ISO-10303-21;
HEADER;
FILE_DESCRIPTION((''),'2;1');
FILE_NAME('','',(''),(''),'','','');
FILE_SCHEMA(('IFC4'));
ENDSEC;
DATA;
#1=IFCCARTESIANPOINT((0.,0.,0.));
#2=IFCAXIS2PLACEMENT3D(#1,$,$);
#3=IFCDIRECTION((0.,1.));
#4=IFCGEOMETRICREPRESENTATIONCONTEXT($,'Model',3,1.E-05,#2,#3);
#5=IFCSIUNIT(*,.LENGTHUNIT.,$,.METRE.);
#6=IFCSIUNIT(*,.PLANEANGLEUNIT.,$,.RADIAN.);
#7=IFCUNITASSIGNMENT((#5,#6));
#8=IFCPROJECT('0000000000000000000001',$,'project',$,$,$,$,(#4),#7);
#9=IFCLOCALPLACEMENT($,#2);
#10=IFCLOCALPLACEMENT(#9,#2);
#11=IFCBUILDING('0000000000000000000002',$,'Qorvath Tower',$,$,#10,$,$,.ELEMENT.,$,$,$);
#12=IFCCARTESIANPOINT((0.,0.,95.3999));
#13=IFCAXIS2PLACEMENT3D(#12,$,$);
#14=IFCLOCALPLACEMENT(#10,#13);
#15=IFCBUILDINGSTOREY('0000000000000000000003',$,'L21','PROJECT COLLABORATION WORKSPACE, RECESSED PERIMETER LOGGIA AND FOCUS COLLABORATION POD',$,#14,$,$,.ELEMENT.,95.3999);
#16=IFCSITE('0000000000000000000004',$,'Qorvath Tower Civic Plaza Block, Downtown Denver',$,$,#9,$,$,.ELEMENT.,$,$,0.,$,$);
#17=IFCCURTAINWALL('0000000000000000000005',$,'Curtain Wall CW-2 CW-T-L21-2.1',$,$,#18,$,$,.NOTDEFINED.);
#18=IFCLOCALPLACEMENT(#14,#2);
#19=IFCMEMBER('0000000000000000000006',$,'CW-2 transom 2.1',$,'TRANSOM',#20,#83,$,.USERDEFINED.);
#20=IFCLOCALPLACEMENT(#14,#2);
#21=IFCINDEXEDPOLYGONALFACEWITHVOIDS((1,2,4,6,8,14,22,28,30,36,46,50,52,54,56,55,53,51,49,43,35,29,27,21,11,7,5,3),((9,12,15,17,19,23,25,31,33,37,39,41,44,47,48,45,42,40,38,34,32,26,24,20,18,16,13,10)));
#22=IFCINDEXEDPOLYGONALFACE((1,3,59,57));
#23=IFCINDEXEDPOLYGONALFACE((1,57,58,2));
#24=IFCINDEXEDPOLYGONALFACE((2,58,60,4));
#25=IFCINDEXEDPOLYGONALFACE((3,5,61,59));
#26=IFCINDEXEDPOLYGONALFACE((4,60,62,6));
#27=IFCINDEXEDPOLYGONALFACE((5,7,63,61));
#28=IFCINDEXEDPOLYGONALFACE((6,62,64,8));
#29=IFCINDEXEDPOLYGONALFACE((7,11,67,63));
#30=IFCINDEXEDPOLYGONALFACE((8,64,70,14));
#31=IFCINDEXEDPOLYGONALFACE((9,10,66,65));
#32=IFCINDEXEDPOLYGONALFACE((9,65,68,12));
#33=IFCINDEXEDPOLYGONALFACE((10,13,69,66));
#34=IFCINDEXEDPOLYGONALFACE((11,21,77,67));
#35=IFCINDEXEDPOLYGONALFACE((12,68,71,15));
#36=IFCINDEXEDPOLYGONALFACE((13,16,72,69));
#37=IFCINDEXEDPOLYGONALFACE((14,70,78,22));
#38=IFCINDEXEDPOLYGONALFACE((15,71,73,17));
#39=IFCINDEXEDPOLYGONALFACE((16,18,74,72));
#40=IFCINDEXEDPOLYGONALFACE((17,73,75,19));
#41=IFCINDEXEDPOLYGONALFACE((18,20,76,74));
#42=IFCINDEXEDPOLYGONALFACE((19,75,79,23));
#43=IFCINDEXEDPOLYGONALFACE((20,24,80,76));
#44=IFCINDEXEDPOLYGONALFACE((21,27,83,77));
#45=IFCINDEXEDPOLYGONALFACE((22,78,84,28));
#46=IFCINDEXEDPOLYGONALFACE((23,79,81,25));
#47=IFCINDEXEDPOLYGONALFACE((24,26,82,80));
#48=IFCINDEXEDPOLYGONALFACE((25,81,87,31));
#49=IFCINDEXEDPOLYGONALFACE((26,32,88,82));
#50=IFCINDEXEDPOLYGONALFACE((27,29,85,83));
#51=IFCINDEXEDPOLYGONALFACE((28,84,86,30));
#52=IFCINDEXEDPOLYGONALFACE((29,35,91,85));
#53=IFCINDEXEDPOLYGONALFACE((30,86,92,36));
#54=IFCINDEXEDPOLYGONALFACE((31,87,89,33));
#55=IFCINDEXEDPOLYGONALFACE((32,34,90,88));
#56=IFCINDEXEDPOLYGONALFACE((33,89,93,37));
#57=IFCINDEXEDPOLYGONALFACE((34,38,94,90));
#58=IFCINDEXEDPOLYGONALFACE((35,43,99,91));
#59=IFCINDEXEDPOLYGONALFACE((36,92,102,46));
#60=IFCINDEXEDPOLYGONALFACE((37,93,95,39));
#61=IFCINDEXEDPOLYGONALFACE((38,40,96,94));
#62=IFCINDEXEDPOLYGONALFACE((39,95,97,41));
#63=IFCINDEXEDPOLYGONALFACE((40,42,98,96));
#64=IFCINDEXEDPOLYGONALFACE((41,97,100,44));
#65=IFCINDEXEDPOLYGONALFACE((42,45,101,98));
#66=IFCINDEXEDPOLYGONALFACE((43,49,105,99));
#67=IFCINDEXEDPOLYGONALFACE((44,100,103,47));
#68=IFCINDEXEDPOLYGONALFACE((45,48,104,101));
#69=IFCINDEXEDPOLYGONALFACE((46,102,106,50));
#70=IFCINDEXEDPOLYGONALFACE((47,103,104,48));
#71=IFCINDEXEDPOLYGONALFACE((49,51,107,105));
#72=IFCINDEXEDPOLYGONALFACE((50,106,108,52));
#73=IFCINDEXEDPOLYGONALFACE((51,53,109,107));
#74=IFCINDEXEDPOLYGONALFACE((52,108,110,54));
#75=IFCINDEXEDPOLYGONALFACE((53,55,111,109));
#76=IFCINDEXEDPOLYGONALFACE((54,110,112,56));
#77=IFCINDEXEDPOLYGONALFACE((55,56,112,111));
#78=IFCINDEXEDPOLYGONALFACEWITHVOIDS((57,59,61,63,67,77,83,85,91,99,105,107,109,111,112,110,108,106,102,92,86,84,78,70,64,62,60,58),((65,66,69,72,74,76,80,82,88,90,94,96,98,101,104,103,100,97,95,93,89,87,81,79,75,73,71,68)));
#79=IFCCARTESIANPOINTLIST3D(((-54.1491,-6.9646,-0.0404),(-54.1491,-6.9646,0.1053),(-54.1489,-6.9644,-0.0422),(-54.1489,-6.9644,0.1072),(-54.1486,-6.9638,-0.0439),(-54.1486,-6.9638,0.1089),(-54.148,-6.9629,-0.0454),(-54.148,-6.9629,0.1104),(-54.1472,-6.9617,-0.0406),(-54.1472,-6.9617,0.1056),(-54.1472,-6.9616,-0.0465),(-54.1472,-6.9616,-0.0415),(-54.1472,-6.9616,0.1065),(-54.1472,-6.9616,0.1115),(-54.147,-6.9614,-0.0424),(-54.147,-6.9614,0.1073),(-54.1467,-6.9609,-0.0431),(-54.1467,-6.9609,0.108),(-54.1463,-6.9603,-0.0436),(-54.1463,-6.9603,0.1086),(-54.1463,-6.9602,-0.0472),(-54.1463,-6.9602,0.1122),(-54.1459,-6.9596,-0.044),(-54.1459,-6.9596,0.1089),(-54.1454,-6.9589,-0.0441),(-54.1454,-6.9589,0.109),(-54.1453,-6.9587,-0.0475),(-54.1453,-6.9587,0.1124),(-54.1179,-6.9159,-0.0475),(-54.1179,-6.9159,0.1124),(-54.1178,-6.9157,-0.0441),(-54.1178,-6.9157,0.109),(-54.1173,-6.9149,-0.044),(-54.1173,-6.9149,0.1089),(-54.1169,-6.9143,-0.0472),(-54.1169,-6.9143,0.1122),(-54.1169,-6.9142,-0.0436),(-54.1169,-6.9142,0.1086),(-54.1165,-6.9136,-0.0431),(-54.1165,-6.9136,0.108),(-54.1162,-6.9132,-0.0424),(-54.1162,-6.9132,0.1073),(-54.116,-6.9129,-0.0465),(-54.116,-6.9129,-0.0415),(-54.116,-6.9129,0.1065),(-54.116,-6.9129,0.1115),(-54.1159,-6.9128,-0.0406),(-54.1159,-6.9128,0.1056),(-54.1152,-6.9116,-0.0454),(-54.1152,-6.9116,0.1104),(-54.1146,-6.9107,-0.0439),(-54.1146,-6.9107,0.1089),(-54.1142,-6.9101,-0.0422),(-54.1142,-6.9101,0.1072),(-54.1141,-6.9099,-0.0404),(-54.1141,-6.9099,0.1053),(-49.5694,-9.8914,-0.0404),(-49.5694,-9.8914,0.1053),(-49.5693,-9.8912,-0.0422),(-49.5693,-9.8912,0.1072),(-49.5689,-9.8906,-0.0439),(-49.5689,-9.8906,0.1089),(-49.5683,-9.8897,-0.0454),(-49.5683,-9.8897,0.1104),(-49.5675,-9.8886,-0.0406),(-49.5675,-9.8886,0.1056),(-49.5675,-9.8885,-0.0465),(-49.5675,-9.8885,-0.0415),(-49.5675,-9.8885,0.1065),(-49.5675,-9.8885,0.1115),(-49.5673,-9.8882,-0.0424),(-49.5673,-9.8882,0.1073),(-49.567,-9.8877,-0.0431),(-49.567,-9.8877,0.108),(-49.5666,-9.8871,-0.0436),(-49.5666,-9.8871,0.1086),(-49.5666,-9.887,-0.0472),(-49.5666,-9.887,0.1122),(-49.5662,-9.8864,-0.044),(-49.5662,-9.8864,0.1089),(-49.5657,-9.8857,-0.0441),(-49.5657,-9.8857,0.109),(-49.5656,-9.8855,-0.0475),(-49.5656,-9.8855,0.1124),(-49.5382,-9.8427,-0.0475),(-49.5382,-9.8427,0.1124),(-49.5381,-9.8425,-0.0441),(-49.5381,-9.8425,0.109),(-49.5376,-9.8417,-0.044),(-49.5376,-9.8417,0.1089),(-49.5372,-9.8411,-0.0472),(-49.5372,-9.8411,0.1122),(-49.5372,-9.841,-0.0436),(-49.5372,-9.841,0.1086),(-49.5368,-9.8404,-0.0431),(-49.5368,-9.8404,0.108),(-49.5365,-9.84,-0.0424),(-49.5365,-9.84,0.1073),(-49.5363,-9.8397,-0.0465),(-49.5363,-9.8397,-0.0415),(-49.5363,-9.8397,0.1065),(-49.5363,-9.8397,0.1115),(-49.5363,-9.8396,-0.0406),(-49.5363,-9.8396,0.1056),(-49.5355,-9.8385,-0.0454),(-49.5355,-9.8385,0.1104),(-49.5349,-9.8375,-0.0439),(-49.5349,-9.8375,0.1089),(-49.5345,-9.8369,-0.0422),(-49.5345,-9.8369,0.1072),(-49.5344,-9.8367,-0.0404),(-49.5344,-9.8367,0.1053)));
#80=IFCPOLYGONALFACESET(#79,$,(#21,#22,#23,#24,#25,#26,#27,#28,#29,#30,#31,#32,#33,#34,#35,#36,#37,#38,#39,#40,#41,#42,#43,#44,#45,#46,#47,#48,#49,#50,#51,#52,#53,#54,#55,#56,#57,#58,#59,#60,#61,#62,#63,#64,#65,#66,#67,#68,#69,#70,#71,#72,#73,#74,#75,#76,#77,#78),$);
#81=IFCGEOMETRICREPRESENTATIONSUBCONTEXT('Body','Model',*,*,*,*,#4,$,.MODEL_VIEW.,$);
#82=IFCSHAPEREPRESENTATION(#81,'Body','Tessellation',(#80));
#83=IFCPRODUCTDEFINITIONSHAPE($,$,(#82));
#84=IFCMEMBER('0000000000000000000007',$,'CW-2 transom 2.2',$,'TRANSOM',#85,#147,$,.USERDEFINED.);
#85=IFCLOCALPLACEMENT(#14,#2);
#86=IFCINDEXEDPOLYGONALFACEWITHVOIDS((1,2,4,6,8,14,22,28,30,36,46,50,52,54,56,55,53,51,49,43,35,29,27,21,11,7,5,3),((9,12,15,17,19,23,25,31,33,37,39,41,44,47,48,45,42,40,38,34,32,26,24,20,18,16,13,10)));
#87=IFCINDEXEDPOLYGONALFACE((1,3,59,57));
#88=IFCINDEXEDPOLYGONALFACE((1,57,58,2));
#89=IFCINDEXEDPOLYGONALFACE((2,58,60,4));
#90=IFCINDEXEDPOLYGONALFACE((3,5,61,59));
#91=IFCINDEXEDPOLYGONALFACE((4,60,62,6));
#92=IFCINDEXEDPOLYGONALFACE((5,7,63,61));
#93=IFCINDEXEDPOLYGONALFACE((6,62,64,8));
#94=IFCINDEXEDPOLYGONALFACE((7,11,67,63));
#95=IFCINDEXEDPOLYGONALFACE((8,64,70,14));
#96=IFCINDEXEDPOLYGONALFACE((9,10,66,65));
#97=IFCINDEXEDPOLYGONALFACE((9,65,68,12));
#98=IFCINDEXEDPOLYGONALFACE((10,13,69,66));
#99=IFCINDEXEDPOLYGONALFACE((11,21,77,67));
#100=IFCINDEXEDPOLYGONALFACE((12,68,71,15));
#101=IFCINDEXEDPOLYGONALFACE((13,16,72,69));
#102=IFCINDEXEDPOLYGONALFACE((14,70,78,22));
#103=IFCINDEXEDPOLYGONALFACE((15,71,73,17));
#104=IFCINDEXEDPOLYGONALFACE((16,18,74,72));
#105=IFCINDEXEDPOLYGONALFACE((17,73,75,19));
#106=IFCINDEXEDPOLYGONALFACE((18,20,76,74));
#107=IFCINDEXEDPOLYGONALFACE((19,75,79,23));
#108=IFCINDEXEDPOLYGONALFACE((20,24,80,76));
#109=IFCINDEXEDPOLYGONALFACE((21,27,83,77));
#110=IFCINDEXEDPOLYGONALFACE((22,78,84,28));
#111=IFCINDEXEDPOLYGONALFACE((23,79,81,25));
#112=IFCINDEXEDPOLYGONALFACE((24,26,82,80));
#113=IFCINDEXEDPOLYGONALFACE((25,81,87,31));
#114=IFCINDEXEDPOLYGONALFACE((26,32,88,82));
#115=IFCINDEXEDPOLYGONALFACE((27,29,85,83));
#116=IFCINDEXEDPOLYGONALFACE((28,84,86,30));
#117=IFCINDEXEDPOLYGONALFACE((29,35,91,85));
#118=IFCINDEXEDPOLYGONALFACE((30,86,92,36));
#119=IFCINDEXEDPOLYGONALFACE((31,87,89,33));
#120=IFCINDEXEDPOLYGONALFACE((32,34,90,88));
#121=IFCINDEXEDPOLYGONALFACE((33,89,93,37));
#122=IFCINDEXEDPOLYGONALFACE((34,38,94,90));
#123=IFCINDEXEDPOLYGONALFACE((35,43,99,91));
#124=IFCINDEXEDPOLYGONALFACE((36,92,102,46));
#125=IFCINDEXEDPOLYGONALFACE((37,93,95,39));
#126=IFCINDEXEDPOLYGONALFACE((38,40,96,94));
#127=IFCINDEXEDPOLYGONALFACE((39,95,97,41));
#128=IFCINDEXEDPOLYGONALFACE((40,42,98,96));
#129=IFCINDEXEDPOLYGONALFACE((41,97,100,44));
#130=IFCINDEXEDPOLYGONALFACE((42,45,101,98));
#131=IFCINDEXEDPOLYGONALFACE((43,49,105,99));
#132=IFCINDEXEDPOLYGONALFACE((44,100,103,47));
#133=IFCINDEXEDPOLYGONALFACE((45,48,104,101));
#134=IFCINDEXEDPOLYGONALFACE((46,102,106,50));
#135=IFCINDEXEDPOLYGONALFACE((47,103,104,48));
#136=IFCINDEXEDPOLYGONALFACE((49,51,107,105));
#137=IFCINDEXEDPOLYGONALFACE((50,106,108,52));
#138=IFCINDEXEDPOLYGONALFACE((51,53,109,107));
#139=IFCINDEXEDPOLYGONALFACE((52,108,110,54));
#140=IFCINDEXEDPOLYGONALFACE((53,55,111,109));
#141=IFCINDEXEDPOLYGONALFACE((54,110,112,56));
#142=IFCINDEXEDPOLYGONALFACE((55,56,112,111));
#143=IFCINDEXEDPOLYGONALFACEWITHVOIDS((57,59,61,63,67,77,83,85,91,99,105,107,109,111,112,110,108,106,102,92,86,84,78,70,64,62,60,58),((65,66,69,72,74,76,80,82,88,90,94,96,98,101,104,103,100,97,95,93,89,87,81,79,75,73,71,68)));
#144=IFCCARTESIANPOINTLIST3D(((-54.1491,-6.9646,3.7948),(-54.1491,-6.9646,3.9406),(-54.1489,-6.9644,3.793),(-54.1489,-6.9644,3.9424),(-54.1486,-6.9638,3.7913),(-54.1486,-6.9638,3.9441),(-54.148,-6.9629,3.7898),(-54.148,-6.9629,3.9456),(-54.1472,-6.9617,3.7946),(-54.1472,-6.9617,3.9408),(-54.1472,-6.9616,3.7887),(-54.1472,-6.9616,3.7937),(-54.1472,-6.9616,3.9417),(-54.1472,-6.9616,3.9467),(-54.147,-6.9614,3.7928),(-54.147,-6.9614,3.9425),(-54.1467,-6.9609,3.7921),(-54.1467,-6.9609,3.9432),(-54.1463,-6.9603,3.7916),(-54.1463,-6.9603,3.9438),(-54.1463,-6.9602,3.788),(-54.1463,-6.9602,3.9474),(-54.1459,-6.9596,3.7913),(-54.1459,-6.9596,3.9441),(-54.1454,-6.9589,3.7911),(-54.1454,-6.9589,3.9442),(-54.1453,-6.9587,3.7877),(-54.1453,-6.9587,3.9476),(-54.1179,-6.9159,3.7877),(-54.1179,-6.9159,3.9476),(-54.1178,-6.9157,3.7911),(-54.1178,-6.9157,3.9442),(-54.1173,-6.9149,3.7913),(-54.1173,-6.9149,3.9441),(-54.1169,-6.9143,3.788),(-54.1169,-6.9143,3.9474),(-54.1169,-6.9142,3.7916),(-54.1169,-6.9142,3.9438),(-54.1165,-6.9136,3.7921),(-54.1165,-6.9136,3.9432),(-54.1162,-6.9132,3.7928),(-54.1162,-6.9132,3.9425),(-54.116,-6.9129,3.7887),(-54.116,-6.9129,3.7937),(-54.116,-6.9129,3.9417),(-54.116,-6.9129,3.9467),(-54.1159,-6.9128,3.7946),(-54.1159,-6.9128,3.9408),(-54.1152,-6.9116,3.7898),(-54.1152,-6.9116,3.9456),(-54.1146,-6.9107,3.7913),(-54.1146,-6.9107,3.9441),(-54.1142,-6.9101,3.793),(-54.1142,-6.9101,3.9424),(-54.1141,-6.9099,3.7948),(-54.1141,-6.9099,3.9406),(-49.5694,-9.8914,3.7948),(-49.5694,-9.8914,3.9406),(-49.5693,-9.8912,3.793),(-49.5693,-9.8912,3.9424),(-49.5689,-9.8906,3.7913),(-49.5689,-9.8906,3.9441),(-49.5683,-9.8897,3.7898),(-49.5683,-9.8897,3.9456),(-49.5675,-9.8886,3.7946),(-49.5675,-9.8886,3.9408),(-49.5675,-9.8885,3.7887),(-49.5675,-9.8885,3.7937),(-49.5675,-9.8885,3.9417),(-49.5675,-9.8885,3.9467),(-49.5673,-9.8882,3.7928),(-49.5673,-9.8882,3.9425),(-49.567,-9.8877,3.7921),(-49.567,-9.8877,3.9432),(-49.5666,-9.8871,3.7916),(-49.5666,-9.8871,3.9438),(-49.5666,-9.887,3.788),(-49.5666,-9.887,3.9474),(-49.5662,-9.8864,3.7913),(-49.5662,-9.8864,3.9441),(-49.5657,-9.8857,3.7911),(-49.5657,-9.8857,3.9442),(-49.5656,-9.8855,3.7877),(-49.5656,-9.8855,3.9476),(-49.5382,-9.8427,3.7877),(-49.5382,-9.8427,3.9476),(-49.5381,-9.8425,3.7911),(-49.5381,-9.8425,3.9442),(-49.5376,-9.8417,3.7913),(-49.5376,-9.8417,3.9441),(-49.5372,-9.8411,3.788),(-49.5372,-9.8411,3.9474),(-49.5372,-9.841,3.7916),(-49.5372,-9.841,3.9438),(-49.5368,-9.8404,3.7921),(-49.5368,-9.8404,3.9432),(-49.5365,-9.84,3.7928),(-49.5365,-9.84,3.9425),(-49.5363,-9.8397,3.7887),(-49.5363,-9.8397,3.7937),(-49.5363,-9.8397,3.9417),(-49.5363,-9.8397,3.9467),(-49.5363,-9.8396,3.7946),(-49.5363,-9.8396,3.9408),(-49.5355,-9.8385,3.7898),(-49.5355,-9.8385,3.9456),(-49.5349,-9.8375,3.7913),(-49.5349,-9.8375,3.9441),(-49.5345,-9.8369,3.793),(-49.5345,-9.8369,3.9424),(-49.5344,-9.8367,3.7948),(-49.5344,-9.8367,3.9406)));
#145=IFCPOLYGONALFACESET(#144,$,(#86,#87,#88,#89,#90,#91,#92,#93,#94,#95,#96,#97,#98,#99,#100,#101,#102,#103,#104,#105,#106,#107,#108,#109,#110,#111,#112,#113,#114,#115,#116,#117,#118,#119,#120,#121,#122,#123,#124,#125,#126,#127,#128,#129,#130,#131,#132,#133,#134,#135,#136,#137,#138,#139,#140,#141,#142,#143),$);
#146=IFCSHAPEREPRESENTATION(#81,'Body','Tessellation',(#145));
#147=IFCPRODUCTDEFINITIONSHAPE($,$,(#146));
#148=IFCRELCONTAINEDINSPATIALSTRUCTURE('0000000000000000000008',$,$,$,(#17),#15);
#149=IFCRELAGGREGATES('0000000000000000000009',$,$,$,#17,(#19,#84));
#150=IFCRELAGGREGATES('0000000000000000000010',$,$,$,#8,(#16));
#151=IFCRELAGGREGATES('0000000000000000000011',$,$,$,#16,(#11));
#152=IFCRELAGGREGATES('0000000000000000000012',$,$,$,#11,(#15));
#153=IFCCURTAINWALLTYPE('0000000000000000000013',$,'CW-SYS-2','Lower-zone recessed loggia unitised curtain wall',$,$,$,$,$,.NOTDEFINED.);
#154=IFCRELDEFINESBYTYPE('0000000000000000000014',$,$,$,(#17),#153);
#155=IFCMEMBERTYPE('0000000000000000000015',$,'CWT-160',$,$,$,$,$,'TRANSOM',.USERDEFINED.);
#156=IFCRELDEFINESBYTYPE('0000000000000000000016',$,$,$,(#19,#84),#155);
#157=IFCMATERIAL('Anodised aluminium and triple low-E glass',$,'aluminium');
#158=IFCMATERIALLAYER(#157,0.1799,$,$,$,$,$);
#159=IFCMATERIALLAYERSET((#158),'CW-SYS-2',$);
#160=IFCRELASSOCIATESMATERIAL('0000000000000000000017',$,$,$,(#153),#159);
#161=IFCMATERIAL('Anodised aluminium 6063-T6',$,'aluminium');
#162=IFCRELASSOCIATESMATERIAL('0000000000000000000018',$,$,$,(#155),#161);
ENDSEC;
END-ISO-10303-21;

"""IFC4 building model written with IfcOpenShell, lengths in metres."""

from ifc_helpers import new_model, si_unit, direction, frame, origin, origin_2d, place, context, subcontext, project, spatial, hollow_rectangle, extrude, material, layer, layer_set, material_profile, profile_set, type_object, element, aggregate, save


model = new_model("IFC4")

# Units and contexts
model_context = context("Model", 3, precision=1e-05, world=origin(), true_north=direction((0.0, 1.0)))
body_context = subcontext(model_context, "Body", "Model", "MODEL_VIEW")
ifc_project = project(units=[si_unit("LENGTHUNIT", "METRE"), si_unit("PLANEANGLEUNIT", "RADIAN")], contexts=[model_context])

# Site, building, storey
site_placement = place(None, origin())
site = spatial("IfcSite", under=ifc_project, at=site_placement, Name="Qorvath Tower Civic Plaza Block, Downtown Denver", CompositionType="ELEMENT", RefElevation=0.0)
building_placement = place(site_placement, origin())
building = spatial("IfcBuilding", under=site, at=building_placement, Name="Qorvath Tower", CompositionType="ELEMENT")
storey_placement = place(building_placement, frame((0.0, 0.0, 95.3999)))
storey = spatial("IfcBuildingStorey", under=building, at=storey_placement, Name="L21", Description="PROJECT COLLABORATION WORKSPACE, RECESSED PERIMETER LOGGIA AND FOCUS COLLABORATION POD", CompositionType="ELEMENT", Elevation=95.3999)

# Curtain wall, members
ifc_material_1 = material(Name="Anodised aluminium and triple low-E glass", Category="aluminium")
ifc_layer_1 = layer(ifc_material_1, 0.1799)
ifc_layer_set_1 = layer_set([ifc_layer_1], Name="CW-SYS-2")
curtain_wall_type = type_object("IfcCurtainWallType", Name="CW-SYS-2", Description="Lower-zone recessed loggia unitised curtain wall", PredefinedType="NOTDEFINED", material=ifc_layer_set_1)
curtain_wall_placement = place(storey_placement, origin())
curtain_wall = element("IfcCurtainWall", 1, at=curtain_wall_placement, inside=storey, type_object=curtain_wall_type, Name="Curtain Wall CW-2 CW-T-L21-2.1", PredefinedType="NOTDEFINED")
ifc_material_2 = material(Name="Anodised aluminium 6063-T6", Category="aluminium")
ifc_material_profile_1 = material_profile(ifc_material_2, hollow_rectangle(XDim=0.0649, YDim=0.1599, WallThickness=0.0034, InnerFilletRadius=0.0034, OuterFilletRadius=0.0071, at=origin_2d()), Name="CWT 160x65")
ifc_profile_set_1 = profile_set([ifc_material_profile_1], Name="Anodised aluminium 6063-T6")
member_type_1 = type_object("IfcMemberType", Name="CWT-160", ElementType="TRANSOM", PredefinedType="USERDEFINED", material=ifc_profile_set_1)
member_1_placement = place(storey_placement, frame((-54.1316, -6.9373, 0.0325), z_axis=(0.84262, -0.538508, 0.0), x_axis=(0.538508, 0.84262, 0.0)))
member_1 = element("IfcMember", 2, at=member_1_placement, type_object=member_type_1, Name="CW-2 transom 2.1", ObjectType="TRANSOM", PredefinedType="USERDEFINED", context=body_context, shape_type="SweptSolid", body=[
    extrude(hollow_rectangle(XDim=0.0649, YDim=0.1599, WallThickness=0.0034, InnerFilletRadius=0.0034, OuterFilletRadius=0.0071, at=origin_2d()), origin(), (0.0, 0.0, 1.0), 5.4351),
])
member_2_placement = place(storey_placement, frame((-54.1316, -6.9373, 3.8677), z_axis=(0.84262, -0.538508, 0.0), x_axis=(0.538508, 0.84262, 0.0)))
member_2 = element("IfcMember", 3, at=member_2_placement, type_object=member_type_1, Name="CW-2 transom 2.2", ObjectType="TRANSOM", PredefinedType="USERDEFINED", context=body_context, shape_type="SweptSolid", body=[
    extrude(hollow_rectangle(XDim=0.0649, YDim=0.1599, WallThickness=0.0034, InnerFilletRadius=0.0034, OuterFilletRadius=0.0071, at=origin_2d()), origin(), (0.0, 0.0, 1.0), 5.4351),
])
aggregate(curtain_wall, [member_1, member_2])

save(model, "model.ifc")
